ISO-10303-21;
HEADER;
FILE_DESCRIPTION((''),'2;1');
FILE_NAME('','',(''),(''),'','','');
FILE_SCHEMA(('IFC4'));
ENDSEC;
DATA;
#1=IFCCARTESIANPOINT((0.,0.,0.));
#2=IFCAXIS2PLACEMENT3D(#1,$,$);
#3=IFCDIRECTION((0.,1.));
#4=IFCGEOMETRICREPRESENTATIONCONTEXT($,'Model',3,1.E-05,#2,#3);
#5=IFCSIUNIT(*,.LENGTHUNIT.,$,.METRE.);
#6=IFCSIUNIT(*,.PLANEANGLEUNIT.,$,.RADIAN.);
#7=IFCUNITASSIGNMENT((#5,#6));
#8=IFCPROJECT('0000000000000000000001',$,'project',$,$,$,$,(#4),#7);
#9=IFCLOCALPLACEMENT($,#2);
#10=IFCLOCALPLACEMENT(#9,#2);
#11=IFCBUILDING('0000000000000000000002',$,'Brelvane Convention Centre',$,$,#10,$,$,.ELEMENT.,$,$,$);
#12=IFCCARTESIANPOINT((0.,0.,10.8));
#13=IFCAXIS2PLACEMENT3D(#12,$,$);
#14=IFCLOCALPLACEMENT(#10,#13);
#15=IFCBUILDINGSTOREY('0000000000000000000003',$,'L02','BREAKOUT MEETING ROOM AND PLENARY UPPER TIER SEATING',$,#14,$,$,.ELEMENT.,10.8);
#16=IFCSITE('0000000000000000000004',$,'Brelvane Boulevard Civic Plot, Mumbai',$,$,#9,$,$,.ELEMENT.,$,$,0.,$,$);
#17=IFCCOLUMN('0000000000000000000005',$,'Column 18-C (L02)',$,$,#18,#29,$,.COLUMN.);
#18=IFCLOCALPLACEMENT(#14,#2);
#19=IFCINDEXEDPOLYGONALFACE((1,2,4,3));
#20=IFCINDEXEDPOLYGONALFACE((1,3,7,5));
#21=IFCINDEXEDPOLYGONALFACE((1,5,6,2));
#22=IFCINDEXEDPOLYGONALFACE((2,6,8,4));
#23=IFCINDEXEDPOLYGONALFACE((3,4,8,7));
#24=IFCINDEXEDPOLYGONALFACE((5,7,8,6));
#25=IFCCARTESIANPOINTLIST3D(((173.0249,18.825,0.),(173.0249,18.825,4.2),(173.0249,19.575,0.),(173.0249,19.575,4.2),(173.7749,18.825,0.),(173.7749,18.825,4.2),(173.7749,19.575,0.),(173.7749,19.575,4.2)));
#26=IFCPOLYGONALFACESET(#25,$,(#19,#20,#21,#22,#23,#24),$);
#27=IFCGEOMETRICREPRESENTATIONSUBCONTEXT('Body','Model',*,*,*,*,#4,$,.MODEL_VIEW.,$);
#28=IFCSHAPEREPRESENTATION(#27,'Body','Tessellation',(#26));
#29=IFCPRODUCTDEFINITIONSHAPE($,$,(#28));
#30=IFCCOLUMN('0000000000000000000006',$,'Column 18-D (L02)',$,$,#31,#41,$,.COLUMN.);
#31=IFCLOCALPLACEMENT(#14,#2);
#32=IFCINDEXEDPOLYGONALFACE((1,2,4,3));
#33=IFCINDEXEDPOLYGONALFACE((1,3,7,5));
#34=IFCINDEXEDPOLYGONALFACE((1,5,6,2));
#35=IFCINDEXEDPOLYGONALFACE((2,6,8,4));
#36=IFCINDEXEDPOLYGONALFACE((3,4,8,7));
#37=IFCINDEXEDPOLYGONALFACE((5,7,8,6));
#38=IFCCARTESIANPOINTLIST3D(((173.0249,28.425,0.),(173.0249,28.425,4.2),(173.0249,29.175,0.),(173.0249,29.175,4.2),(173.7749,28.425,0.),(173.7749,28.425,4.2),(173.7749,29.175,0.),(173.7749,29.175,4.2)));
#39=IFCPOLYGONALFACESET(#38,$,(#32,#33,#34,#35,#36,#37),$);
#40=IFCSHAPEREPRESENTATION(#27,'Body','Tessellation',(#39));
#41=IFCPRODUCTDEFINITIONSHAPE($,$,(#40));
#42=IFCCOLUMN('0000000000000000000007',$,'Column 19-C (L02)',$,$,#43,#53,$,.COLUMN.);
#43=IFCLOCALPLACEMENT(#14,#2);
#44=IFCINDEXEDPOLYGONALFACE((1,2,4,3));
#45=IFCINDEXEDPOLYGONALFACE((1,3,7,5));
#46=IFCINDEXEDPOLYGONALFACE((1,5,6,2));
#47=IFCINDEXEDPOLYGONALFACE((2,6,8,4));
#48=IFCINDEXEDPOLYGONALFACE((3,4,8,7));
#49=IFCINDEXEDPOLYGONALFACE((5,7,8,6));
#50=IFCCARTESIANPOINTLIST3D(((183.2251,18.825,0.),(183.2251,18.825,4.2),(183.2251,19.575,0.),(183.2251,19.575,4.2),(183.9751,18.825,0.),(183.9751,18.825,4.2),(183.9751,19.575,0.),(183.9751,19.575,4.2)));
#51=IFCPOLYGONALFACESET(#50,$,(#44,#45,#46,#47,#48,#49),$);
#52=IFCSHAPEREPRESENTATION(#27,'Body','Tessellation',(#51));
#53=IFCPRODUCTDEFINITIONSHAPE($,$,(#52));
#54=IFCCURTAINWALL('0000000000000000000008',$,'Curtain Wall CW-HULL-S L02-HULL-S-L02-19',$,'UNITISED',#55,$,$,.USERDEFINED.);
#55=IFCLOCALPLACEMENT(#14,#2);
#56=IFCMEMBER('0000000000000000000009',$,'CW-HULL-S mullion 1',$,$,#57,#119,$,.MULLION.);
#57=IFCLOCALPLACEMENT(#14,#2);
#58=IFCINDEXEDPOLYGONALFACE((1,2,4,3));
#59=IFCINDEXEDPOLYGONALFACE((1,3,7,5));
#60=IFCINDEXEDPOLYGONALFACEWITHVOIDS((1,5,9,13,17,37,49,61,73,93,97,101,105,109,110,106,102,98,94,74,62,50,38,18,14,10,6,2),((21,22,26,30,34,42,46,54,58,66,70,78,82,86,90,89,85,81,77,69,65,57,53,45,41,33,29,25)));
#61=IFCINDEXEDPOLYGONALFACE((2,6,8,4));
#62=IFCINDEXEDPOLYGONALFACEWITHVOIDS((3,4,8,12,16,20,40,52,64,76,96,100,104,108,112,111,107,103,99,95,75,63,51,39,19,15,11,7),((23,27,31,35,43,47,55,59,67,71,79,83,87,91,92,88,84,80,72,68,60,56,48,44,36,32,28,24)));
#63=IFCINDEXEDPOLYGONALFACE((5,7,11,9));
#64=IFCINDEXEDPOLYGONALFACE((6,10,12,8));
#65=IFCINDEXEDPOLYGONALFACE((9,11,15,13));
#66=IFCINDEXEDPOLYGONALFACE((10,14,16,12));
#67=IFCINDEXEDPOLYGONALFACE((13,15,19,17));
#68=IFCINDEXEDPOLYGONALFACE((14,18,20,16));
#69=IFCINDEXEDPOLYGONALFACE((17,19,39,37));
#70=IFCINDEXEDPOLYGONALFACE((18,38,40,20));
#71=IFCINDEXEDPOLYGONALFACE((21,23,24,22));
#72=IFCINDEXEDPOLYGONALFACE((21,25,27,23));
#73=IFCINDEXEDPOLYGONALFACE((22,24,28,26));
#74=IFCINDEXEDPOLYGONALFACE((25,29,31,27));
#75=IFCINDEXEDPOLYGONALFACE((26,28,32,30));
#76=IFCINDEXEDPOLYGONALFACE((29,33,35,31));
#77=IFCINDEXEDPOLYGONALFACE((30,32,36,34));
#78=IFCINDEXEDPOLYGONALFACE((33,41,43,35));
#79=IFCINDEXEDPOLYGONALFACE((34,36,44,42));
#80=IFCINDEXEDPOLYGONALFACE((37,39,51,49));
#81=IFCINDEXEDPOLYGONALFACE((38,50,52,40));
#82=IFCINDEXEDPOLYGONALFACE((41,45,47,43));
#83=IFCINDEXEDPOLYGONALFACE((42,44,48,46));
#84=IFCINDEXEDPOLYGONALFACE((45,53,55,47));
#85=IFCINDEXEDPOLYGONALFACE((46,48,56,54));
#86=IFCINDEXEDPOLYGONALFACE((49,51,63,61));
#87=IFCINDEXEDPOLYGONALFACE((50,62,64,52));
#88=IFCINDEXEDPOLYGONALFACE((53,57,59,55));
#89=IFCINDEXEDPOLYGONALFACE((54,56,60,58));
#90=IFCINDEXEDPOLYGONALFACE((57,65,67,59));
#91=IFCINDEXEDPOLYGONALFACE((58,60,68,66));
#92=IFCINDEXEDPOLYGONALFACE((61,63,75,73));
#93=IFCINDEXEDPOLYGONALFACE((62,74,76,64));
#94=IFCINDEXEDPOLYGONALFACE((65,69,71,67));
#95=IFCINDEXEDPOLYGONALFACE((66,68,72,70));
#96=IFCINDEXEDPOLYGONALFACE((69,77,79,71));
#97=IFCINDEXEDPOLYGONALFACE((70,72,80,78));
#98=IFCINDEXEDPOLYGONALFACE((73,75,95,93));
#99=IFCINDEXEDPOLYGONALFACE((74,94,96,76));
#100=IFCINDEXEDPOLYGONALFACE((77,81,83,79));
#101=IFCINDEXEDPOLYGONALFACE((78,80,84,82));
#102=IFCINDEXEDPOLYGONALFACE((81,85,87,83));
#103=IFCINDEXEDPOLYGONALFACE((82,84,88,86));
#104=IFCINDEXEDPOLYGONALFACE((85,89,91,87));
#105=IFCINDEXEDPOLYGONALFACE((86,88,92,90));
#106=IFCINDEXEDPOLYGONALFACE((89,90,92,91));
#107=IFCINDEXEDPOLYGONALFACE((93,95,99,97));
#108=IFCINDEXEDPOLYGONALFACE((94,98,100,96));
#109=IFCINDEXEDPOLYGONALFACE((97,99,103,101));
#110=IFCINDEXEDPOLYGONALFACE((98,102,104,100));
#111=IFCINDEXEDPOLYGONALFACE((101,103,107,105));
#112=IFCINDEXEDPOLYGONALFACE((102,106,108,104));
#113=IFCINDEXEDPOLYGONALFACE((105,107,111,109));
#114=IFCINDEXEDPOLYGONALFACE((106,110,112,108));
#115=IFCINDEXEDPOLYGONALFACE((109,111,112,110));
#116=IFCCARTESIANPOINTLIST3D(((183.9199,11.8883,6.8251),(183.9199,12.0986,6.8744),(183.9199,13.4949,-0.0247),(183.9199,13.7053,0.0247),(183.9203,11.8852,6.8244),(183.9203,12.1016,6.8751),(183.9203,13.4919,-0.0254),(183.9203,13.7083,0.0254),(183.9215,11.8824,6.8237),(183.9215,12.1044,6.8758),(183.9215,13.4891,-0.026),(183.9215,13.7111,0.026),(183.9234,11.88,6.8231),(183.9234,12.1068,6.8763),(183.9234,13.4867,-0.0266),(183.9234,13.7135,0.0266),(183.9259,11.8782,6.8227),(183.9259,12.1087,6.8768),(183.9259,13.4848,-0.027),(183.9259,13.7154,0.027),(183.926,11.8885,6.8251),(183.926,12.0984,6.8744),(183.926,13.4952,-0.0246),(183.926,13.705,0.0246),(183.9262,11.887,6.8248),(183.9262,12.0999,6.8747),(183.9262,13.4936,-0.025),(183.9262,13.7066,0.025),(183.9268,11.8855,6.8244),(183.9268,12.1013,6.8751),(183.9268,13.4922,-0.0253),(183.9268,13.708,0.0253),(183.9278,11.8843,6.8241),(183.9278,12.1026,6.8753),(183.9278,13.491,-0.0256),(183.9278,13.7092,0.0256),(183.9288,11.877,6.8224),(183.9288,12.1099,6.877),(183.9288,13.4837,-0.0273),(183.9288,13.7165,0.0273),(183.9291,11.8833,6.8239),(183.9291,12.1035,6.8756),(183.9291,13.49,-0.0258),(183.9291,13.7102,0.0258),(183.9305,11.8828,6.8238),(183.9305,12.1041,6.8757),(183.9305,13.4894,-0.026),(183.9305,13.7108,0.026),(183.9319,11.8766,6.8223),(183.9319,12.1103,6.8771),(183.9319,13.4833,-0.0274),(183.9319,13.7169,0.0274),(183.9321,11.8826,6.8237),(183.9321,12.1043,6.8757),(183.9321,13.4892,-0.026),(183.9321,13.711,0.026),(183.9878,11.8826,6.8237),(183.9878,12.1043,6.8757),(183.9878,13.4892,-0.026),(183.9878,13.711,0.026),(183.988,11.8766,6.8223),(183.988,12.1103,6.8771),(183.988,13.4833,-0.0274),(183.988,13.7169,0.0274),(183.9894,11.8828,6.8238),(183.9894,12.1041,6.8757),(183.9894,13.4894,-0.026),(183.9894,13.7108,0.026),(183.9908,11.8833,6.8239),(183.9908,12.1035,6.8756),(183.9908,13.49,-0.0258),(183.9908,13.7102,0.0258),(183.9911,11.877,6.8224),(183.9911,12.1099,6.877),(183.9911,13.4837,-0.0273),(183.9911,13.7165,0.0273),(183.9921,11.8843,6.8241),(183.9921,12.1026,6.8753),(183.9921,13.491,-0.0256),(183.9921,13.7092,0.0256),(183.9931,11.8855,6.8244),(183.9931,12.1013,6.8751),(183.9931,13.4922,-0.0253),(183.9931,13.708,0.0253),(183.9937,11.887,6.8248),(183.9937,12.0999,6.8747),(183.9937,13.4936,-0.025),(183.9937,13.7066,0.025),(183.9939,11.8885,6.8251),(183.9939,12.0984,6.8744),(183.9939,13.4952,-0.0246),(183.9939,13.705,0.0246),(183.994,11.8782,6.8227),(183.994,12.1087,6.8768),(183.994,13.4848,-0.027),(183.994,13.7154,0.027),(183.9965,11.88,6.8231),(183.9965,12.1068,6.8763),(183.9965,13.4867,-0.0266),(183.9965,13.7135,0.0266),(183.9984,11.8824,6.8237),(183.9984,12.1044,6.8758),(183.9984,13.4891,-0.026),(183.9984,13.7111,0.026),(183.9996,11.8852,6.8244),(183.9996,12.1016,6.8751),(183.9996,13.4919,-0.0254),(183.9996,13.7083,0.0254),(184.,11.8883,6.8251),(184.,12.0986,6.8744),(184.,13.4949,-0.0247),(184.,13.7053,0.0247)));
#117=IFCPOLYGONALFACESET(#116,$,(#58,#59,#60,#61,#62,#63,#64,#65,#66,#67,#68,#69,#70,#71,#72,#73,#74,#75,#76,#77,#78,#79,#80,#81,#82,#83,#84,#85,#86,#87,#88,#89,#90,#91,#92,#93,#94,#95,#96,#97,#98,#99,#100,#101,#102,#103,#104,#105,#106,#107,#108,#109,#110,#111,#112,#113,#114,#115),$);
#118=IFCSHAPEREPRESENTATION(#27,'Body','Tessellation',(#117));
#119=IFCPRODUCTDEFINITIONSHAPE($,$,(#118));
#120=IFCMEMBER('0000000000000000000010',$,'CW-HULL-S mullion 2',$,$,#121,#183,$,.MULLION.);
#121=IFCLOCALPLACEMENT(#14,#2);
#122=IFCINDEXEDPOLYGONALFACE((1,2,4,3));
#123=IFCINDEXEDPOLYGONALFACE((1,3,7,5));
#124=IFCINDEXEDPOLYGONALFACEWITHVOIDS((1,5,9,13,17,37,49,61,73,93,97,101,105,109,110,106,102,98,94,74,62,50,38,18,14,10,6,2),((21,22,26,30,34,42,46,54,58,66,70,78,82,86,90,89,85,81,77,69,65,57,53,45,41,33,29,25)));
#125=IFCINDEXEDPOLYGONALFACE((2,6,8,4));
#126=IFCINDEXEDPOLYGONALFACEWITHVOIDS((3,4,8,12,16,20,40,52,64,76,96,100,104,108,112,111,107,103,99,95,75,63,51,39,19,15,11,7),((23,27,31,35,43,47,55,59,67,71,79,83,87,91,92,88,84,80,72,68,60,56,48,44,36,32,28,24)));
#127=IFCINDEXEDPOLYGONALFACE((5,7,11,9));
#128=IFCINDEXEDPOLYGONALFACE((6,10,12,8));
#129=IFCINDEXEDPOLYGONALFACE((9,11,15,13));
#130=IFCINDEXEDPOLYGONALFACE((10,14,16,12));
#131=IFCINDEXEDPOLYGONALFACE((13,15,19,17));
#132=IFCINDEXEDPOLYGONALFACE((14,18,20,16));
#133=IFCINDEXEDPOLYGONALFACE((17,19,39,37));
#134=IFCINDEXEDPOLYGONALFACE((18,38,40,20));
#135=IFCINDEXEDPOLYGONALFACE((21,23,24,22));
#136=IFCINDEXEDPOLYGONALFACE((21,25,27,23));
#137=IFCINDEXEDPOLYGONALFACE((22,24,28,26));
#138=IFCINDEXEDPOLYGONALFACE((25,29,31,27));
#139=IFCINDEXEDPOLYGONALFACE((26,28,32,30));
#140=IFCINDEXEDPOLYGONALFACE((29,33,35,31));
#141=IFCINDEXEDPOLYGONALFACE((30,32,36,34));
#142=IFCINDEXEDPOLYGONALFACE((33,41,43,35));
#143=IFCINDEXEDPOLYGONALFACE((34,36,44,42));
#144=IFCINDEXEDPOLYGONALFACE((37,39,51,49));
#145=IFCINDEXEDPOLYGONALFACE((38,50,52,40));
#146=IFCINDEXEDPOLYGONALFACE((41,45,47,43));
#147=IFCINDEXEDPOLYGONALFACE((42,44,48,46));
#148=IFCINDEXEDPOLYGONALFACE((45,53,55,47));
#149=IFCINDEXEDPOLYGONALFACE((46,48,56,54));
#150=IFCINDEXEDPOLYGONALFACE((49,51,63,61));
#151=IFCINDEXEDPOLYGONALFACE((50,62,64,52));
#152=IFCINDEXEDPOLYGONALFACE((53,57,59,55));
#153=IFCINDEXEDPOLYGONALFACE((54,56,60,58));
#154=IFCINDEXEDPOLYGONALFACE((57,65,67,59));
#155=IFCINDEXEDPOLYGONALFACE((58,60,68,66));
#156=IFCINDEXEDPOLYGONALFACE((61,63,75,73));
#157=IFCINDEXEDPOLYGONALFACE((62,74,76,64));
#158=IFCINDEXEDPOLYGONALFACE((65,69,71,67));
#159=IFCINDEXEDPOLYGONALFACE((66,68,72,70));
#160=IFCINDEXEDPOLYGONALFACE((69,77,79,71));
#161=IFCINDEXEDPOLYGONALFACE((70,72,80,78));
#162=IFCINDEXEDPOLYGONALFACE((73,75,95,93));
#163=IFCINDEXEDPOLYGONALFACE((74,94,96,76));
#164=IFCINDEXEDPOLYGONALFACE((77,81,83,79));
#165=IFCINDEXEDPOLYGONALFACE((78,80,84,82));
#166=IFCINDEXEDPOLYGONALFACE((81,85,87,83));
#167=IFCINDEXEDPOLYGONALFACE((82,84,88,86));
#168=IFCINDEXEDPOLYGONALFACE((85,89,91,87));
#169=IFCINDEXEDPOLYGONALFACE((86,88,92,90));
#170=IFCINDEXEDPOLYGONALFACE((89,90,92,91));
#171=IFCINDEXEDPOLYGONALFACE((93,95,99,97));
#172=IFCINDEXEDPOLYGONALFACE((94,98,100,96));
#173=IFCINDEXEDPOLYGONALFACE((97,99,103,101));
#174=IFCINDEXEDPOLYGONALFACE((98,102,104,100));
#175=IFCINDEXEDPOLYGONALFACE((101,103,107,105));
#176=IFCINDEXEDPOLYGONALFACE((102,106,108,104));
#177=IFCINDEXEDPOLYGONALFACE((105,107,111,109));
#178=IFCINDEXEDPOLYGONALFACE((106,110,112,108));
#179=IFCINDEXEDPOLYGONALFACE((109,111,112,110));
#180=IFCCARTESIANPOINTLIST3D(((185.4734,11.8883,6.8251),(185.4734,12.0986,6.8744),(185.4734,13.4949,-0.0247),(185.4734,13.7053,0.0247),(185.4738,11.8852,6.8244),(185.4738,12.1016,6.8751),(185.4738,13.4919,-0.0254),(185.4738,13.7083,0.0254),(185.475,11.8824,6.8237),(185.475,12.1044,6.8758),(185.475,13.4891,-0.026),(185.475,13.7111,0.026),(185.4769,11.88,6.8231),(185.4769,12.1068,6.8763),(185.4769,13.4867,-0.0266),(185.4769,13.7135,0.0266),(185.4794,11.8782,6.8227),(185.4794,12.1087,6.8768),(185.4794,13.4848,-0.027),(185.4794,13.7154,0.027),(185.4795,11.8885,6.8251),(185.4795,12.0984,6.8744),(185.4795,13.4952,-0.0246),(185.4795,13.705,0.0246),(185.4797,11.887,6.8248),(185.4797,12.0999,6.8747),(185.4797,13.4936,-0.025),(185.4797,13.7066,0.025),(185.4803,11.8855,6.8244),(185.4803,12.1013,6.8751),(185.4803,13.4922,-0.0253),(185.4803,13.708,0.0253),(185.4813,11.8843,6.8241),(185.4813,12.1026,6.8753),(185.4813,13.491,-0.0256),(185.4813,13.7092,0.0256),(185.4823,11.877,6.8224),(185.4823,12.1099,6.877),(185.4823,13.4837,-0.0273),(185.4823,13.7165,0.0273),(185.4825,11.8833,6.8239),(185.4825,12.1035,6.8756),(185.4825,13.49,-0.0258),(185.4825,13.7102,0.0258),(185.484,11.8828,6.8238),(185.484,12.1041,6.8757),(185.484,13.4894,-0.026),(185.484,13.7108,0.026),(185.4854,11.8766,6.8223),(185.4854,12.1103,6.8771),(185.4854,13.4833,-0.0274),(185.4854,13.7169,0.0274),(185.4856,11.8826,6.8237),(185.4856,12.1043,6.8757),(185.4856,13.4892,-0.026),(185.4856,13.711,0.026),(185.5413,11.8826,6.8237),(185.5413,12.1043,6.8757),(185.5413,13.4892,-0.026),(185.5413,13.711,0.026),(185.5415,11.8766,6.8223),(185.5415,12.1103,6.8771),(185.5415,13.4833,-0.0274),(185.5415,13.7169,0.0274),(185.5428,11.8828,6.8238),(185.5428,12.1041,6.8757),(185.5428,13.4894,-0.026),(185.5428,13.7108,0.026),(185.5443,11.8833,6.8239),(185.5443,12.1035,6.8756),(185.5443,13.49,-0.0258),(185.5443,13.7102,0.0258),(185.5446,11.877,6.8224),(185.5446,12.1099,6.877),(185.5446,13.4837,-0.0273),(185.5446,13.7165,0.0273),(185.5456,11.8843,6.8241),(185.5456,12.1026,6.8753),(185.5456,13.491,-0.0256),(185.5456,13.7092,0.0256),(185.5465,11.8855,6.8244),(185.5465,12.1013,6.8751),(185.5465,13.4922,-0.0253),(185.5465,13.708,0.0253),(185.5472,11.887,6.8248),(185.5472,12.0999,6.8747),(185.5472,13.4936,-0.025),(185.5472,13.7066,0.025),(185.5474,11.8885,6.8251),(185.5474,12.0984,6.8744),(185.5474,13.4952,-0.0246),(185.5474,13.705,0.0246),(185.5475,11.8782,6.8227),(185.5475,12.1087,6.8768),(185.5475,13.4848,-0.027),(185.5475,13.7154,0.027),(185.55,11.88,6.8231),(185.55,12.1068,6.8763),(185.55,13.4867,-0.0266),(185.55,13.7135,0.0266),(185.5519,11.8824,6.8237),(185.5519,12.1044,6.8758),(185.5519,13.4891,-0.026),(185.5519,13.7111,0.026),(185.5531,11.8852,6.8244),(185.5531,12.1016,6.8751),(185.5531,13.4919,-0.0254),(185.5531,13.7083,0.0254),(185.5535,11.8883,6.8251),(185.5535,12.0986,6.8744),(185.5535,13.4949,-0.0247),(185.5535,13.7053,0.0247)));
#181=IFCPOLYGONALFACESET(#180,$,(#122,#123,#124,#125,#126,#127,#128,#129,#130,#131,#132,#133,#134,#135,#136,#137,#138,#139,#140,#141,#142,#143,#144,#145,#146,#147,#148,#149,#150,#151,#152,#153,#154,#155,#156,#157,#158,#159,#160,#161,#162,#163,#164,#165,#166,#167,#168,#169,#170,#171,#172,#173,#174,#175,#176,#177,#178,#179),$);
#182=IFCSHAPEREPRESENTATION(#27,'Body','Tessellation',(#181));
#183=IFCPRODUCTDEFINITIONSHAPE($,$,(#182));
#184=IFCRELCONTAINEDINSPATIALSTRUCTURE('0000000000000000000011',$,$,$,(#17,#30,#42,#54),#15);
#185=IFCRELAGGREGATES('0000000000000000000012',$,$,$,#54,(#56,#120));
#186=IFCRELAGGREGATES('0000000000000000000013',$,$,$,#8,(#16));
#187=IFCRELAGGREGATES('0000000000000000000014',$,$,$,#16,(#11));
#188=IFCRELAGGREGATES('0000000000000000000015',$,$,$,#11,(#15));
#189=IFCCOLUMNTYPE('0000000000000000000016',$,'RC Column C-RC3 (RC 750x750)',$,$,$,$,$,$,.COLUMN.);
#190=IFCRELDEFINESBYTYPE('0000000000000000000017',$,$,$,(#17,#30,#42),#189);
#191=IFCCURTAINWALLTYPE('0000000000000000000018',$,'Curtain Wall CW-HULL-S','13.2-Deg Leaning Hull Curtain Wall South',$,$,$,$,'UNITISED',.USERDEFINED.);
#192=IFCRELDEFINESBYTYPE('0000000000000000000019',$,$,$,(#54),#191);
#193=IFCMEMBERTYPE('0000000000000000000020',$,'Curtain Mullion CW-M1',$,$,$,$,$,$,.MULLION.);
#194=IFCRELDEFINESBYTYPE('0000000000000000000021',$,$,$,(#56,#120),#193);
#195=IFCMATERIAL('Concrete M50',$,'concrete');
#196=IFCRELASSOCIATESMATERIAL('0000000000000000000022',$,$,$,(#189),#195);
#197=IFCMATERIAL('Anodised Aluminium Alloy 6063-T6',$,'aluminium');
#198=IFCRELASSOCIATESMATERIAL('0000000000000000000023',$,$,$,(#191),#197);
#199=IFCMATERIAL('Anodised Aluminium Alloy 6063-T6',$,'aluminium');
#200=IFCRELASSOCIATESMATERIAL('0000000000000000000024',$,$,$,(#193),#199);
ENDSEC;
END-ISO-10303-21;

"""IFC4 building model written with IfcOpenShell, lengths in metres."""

from ifc_helpers import new_model, si_unit, direction, frame, origin, origin_2d, place, context, subcontext, project, spatial, rectangle, hollow_rectangle, extrude, material, material_profile, profile_set, type_object, element, aggregate, save


model = new_model("IFC4")

# Units and contexts
model_context = context("Model", 3, precision=1e-05, world=origin(), true_north=direction((0.0, 1.0)))
body_context = subcontext(model_context, "Body", "Model", "MODEL_VIEW")
ifc_project = project(units=[si_unit("LENGTHUNIT", "METRE"), si_unit("PLANEANGLEUNIT", "RADIAN")], contexts=[model_context])

# Site, building, storey
site_placement = place(None, origin())
site = spatial("IfcSite", under=ifc_project, at=site_placement, Name="Brelvane Boulevard Civic Plot, Mumbai", CompositionType="ELEMENT", RefElevation=0.0)
building_placement = place(site_placement, origin())
building = spatial("IfcBuilding", under=site, at=building_placement, Name="Brelvane Convention Centre", CompositionType="ELEMENT")
storey_placement = place(building_placement, frame((0.0, 0.0, 10.8)))
storey = spatial("IfcBuildingStorey", under=building, at=storey_placement, Name="L02", Description="BREAKOUT MEETING ROOM AND PLENARY UPPER TIER SEATING", CompositionType="ELEMENT", Elevation=10.8)

# Columns
ifc_material_1 = material(Name="Concrete M50", Category="concrete")
ifc_material_profile_1 = material_profile(ifc_material_1, rectangle(XDim=0.75, YDim=0.75, at=origin_2d()), Name="RC 750x750")
ifc_profile_set_1 = profile_set([ifc_material_profile_1], Name="Concrete M50")
column_type = type_object("IfcColumnType", Name="RC Column C-RC3 (RC 750x750)", PredefinedType="COLUMN", material=ifc_profile_set_1)
for number, where, z_axis, x_axis, name in (
    (1, (173.3999, 19.2, 0.0), (0.0, 0.0, 1.0), (1.0, 0.0, 0.0), "Column 18-C (L02)"),
    (2, (173.3999, 28.8, 0.0), (0.0, 0.0, 1.0), (1.0, 0.0, 0.0), "Column 18-D (L02)"),
    (3, (183.6001, 19.2, 0.0), (0.0, 0.0, 1.0), (1.0, 0.0, 0.0), "Column 19-C (L02)"),
):
    element("IfcColumn", number, at=place(storey_placement, frame(where, z_axis=z_axis, x_axis=x_axis)), inside=storey, type_object=column_type, Name=name, PredefinedType="COLUMN", context=body_context, shape_type="SweptSolid", body=[
        extrude(rectangle(XDim=0.75, YDim=0.75, at=origin_2d()), origin(), (0.0, 0.0, 1.0), 4.2),
    ])

# Curtain wall, members
ifc_material_2 = material(Name="Anodised Aluminium Alloy 6063-T6", Category="aluminium")
curtain_wall_type = type_object("IfcCurtainWallType", Name="Curtain Wall CW-HULL-S", Description="13.2-Deg Leaning Hull Curtain Wall South", ElementType="UNITISED", PredefinedType="USERDEFINED", material=ifc_material_2)
curtain_wall_placement = place(storey_placement, origin())
curtain_wall = element("IfcCurtainWall", 4, at=curtain_wall_placement, inside=storey, type_object=curtain_wall_type, Name="Curtain Wall CW-HULL-S L02-HULL-S-L02-19", ObjectType="UNITISED", PredefinedType="USERDEFINED")
ifc_material_3 = material(Name="Anodised Aluminium Alloy 6063-T6", Category="aluminium")
ifc_material_profile_2 = material_profile(ifc_material_3, hollow_rectangle(XDim=0.0801, YDim=0.24, WallThickness=0.0061, InnerFilletRadius=0.0061, OuterFilletRadius=0.012, at=origin_2d()), Name="ALU-M 240x80x6.0")
ifc_profile_set_2 = profile_set([ifc_material_profile_2], Name="Anodised Aluminium Alloy 6063-T6")
member_type = type_object("IfcMemberType", Name="Curtain Mullion CW-M1", PredefinedType="MULLION", material=ifc_profile_set_2)
member_1_placement = place(storey_placement, frame((183.96, 13.6001, 0.0), z_axis=(0.0, -0.22836, 0.973577), x_axis=(1.0, 0.0, 0.0)))
member_1 = element("IfcMember", 5, at=member_1_placement, type_object=member_type, Name="CW-HULL-S mullion 1", PredefinedType="MULLION", context=body_context, shape_type="SweptSolid", body=[
    extrude(hollow_rectangle(XDim=0.0801, YDim=0.24, WallThickness=0.0061, InnerFilletRadius=0.0061, OuterFilletRadius=0.012, at=origin_2d()), origin(), (0.0, 0.0, 1.0), 7.0356),
])
member_2_placement = place(storey_placement, frame((185.5134, 13.6001, 0.0), z_axis=(0.0, -0.22836, 0.973577), x_axis=(1.0, 0.0, 0.0)))
member_2 = element("IfcMember", 6, at=member_2_placement, type_object=member_type, Name="CW-HULL-S mullion 2", PredefinedType="MULLION", context=body_context, shape_type="SweptSolid", body=[
    extrude(hollow_rectangle(XDim=0.0801, YDim=0.24, WallThickness=0.0061, InnerFilletRadius=0.0061, OuterFilletRadius=0.012, at=origin_2d()), origin(), (0.0, 0.0, 1.0), 7.0356),
])
aggregate(curtain_wall, [member_1, member_2])

save(model, "model.ifc")
